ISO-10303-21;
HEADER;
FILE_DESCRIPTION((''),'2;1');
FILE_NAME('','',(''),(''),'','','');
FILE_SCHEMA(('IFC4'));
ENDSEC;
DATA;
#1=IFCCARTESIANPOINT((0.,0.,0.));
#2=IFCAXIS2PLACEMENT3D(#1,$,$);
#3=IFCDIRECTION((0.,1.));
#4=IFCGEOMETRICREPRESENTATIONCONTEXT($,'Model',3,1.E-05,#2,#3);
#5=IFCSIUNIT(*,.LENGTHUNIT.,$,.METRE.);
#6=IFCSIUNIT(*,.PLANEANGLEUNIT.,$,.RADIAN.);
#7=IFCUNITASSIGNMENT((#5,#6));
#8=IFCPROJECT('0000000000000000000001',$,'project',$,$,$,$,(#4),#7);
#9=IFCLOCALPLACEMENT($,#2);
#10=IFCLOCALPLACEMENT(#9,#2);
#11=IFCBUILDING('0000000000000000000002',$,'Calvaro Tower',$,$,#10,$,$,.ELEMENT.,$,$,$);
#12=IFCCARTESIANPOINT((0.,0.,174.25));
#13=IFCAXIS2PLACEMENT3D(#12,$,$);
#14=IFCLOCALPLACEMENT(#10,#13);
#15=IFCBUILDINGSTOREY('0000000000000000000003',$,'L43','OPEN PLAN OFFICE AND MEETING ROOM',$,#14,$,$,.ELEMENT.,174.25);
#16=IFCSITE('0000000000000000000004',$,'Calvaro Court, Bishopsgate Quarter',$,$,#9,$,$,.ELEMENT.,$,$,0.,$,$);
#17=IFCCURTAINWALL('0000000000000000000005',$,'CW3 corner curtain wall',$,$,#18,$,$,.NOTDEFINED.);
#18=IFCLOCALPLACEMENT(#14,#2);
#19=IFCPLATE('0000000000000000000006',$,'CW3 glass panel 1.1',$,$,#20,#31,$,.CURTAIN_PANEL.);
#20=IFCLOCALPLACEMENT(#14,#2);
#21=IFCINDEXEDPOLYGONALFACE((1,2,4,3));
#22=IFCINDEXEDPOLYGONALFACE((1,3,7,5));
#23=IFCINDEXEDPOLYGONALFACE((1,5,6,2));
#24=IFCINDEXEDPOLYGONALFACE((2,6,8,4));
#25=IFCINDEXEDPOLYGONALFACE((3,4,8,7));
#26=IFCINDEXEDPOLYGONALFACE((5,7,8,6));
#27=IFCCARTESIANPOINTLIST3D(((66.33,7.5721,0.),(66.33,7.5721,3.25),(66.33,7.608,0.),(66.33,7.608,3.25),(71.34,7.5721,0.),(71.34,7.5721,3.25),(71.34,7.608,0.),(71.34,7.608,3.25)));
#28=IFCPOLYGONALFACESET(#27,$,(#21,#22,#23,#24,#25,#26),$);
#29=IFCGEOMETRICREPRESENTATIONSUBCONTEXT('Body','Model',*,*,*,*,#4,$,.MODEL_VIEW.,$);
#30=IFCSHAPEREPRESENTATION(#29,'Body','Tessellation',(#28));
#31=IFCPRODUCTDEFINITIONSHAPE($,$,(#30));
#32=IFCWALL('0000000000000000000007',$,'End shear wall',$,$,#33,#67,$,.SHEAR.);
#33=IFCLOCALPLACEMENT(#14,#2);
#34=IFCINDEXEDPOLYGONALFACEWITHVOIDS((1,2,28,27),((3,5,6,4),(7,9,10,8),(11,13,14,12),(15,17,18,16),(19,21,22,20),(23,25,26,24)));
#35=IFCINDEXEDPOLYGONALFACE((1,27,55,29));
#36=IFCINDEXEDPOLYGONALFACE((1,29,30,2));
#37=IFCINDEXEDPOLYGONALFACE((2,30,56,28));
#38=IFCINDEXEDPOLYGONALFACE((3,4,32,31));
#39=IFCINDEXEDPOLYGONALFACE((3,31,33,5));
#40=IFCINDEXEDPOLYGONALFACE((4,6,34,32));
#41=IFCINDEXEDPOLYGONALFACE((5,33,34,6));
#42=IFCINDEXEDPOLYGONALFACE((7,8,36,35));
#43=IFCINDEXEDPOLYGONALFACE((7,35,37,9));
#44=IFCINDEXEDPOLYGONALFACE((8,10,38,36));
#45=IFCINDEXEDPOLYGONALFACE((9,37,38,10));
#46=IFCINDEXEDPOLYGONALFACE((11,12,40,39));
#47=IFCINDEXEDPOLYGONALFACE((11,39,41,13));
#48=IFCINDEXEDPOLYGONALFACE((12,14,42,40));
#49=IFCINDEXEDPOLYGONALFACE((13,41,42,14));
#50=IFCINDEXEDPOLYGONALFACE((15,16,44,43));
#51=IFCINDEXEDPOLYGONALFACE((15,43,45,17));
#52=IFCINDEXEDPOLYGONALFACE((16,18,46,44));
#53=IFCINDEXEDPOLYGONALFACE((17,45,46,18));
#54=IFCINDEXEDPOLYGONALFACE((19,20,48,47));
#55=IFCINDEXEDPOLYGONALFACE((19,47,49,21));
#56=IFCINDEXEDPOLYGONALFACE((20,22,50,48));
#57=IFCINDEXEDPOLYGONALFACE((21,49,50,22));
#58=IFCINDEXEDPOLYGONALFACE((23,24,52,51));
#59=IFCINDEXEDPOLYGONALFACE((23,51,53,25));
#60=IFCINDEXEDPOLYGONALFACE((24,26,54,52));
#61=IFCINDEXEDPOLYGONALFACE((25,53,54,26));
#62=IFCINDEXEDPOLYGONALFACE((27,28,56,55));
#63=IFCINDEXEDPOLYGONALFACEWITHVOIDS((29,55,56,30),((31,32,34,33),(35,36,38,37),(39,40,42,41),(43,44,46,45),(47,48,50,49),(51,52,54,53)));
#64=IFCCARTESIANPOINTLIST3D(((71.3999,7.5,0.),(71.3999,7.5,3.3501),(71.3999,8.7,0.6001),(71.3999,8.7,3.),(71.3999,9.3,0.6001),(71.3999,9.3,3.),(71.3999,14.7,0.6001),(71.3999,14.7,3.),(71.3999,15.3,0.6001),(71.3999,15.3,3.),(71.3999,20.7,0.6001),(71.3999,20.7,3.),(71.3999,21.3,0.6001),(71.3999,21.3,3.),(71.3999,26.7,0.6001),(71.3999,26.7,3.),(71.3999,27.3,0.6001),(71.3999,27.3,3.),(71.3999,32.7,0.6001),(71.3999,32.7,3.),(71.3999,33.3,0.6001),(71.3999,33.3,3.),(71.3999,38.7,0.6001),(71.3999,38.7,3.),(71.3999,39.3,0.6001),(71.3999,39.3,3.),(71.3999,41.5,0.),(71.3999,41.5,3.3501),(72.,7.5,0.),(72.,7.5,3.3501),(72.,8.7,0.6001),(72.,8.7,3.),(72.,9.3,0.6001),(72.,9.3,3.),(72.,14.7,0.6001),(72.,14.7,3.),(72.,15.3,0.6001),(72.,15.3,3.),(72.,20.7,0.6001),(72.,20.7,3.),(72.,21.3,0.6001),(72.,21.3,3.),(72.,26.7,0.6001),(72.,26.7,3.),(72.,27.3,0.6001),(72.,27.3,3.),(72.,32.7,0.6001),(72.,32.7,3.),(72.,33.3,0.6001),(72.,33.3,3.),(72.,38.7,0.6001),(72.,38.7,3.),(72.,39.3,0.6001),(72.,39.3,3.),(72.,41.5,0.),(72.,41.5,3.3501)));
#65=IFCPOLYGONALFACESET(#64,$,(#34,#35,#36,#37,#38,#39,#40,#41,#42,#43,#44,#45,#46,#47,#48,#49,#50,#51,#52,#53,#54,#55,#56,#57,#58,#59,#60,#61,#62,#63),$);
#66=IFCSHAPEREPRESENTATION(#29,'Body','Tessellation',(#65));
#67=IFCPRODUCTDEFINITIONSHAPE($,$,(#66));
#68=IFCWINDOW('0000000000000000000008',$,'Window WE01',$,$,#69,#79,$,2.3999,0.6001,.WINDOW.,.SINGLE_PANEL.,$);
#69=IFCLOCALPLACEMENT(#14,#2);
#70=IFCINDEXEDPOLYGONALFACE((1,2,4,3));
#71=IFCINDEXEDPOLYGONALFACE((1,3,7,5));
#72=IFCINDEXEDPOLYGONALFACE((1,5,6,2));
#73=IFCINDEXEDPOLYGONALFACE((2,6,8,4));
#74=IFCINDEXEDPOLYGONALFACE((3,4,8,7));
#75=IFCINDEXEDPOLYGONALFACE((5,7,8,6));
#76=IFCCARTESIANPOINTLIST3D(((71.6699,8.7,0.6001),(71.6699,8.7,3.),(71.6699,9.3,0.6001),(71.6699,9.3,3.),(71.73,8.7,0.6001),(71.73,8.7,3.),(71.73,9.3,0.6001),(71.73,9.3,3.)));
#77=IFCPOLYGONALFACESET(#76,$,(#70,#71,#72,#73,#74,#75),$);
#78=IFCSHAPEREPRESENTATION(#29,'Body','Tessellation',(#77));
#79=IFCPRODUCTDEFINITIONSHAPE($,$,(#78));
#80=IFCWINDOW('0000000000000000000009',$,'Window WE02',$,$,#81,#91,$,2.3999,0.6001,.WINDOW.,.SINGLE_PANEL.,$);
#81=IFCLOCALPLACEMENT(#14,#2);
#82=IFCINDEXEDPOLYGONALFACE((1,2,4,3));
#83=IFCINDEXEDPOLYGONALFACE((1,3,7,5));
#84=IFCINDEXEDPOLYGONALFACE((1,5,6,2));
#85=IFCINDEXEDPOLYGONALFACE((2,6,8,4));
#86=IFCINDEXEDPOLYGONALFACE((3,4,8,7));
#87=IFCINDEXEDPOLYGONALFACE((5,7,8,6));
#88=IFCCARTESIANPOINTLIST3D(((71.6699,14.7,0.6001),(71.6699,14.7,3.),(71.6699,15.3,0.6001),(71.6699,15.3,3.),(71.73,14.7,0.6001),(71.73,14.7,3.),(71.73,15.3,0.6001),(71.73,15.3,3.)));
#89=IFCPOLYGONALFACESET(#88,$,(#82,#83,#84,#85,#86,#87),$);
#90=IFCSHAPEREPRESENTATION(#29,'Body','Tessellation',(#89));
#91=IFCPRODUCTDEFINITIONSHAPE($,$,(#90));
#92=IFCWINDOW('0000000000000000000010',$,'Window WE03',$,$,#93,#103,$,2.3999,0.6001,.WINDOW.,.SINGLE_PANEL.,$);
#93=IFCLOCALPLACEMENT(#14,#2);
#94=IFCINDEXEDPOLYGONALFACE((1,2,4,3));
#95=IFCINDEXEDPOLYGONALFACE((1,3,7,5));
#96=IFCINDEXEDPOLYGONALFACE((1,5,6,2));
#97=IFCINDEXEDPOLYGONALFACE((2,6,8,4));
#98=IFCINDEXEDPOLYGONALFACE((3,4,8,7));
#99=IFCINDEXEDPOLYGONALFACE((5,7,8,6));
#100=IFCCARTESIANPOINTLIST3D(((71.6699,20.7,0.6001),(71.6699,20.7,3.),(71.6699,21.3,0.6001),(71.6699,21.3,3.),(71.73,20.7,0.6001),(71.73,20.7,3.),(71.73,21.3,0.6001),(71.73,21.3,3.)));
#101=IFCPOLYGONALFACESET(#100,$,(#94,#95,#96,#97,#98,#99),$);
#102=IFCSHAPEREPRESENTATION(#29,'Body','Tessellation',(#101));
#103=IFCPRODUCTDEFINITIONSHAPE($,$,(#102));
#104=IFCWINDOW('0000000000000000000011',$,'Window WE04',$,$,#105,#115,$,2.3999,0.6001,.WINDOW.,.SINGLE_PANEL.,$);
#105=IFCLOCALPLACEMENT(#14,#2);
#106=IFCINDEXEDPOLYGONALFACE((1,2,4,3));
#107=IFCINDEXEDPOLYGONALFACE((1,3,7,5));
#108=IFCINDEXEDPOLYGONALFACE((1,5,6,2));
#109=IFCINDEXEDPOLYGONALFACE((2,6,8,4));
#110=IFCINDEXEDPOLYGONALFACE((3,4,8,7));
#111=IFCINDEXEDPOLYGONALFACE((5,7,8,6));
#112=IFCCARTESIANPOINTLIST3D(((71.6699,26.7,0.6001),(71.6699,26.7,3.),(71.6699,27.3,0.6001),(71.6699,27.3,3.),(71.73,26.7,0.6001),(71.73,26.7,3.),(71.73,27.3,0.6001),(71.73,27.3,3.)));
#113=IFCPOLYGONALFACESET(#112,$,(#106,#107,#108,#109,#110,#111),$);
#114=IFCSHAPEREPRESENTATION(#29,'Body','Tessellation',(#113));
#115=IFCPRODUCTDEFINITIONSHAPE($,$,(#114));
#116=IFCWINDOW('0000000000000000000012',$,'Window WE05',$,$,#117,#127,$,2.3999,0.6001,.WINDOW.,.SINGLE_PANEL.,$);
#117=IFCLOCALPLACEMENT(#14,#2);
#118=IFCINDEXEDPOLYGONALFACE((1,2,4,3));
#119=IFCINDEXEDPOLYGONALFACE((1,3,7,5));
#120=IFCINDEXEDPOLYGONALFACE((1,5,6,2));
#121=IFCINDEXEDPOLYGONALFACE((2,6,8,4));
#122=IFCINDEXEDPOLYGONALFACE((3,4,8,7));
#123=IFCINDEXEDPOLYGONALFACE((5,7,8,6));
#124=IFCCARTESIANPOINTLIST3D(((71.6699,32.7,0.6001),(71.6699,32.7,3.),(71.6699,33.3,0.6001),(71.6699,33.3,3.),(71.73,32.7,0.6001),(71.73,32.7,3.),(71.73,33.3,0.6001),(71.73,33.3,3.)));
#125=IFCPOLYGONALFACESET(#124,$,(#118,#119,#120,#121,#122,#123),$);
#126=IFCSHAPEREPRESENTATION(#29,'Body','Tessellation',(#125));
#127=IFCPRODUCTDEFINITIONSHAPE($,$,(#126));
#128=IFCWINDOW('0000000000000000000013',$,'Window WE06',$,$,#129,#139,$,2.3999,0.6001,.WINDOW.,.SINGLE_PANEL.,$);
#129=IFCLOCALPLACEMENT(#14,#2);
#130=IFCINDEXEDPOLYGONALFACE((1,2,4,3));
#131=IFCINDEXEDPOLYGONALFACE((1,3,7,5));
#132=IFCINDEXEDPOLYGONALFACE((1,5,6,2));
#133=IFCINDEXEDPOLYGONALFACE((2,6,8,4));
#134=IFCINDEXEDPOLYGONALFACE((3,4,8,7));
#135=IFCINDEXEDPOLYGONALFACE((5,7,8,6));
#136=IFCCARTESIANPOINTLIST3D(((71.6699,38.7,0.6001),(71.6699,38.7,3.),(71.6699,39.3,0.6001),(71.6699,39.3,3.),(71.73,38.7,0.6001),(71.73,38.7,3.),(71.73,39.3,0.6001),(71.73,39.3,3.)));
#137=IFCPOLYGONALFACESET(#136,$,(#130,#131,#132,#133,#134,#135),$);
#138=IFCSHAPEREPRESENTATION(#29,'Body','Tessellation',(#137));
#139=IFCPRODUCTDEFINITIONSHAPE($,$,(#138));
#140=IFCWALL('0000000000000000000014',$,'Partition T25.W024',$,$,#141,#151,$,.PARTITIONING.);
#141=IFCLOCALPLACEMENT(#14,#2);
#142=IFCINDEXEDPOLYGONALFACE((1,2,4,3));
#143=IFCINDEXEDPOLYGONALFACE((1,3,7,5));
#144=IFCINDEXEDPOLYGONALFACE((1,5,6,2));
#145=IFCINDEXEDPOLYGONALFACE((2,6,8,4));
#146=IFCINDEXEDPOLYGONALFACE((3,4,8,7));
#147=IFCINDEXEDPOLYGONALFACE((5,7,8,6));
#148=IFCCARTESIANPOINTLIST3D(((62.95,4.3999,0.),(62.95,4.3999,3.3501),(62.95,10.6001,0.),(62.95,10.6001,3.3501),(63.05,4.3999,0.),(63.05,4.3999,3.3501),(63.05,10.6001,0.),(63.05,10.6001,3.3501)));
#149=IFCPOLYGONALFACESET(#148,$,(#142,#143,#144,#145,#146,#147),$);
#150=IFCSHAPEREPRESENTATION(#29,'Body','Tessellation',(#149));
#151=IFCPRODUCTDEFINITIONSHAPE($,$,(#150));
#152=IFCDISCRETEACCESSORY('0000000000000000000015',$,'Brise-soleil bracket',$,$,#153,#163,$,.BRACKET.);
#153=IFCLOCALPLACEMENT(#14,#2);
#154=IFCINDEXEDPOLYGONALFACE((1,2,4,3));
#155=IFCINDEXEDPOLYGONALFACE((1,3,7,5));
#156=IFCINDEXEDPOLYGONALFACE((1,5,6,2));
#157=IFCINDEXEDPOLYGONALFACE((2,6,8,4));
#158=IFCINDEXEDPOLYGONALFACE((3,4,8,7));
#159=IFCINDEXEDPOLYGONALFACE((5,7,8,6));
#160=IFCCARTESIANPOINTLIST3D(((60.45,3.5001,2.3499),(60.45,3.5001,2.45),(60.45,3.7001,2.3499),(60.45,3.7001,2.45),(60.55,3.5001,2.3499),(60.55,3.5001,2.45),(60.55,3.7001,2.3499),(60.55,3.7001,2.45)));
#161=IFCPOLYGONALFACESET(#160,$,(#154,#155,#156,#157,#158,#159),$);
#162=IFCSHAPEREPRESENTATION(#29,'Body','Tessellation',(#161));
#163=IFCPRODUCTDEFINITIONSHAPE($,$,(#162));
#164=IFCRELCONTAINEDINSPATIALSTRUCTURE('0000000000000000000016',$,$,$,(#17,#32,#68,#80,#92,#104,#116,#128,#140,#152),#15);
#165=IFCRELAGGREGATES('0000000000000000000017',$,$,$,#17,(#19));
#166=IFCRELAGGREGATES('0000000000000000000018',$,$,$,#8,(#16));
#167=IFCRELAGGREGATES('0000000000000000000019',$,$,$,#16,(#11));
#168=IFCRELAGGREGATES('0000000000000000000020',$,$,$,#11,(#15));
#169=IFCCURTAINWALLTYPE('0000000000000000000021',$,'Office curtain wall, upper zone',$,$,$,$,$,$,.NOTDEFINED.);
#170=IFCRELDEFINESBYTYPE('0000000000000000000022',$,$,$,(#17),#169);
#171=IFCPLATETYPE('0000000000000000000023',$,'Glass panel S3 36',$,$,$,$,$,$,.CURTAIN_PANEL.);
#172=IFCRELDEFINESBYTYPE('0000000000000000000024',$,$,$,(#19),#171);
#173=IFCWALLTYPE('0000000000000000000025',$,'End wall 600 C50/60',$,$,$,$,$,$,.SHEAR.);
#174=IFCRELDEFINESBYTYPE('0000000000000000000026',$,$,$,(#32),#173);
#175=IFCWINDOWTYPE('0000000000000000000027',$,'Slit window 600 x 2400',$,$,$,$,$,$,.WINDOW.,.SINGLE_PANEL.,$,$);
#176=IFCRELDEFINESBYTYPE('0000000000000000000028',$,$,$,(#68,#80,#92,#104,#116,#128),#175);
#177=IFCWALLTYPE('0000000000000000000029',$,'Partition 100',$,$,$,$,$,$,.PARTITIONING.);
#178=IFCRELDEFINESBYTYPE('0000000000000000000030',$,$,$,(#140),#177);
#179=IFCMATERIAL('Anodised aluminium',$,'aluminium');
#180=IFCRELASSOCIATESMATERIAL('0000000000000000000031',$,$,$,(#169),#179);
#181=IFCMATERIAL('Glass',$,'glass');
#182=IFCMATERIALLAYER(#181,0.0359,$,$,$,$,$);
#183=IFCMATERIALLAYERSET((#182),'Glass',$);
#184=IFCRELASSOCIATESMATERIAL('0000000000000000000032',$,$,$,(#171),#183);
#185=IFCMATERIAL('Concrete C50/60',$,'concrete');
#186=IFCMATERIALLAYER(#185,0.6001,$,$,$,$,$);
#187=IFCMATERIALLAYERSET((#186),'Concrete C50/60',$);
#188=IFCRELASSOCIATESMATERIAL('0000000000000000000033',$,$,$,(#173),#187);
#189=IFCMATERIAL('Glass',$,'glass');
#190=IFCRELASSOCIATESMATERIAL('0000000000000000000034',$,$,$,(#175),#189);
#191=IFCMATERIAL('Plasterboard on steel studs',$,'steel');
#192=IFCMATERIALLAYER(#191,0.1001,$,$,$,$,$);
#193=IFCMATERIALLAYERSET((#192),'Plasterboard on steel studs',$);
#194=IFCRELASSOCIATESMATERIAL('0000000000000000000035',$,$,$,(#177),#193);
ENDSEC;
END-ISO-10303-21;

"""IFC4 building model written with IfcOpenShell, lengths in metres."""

from ifc_helpers import new_model, si_unit, direction, frame, frame_2d, origin, origin_2d, place, context, subcontext, project, spatial, rectangle, extrude, material, layer, layer_set, type_object, element, fill, aggregate, save


model = new_model("IFC4")

# Units and contexts
model_context = context("Model", 3, precision=1e-05, world=origin(), true_north=direction((0.0, 1.0)))
body_context = subcontext(model_context, "Body", "Model", "MODEL_VIEW")
ifc_project = project(units=[si_unit("LENGTHUNIT", "METRE"), si_unit("PLANEANGLEUNIT", "RADIAN")], contexts=[model_context])

# Site, building, storey
site_placement = place(None, origin())
site = spatial("IfcSite", under=ifc_project, at=site_placement, Name="Calvaro Court, Bishopsgate Quarter", CompositionType="ELEMENT", RefElevation=0.0)
building_placement = place(site_placement, origin())
building = spatial("IfcBuilding", under=site, at=building_placement, Name="Calvaro Tower", CompositionType="ELEMENT")
storey_placement = place(building_placement, frame((0.0, 0.0, 174.25)))
storey = spatial("IfcBuildingStorey", under=building, at=storey_placement, Name="L43", Description="OPEN PLAN OFFICE AND MEETING ROOM", CompositionType="ELEMENT", Elevation=174.25)

# Curtain wall
ifc_material_1 = material(Name="Anodised aluminium", Category="aluminium")
curtain_wall_type = type_object("IfcCurtainWallType", Name="Office curtain wall, upper zone", PredefinedType="NOTDEFINED", material=ifc_material_1)
curtain_wall_1_placement = place(storey_placement, origin())
curtain_wall_1 = element("IfcCurtainWall", 1, at=curtain_wall_1_placement, inside=storey, type_object=curtain_wall_type, Name="CW3 corner curtain wall", PredefinedType="NOTDEFINED")

# Plate
ifc_material_2 = material(Name="Glass", Category="glass")
ifc_layer_1 = layer(ifc_material_2, 0.0359)
ifc_layer_set_1 = layer_set([ifc_layer_1], Name="Glass")
plate_type = type_object("IfcPlateType", Name="Glass panel S3 36", PredefinedType="CURTAIN_PANEL", material=ifc_layer_set_1)
plate_1_placement = place(storey_placement, frame((68.835, 7.5901, 0.0), z_axis=(0.0, 0.0, 1.0), x_axis=(1.0, 0.0, 0.0)))
plate_1 = element("IfcPlate", 2, at=plate_1_placement, type_object=plate_type, Name="CW3 glass panel 1.1", PredefinedType="CURTAIN_PANEL", context=body_context, shape_type="SweptSolid", body=[
    extrude(rectangle(XDim=5.01, YDim=0.0359, at=origin_2d()), origin(), (0.0, 0.0, 1.0), 3.25),
])
aggregate(curtain_wall_1, [plate_1])

# Wall, openings, windows
ifc_material_3 = material(Name="Concrete C50/60", Category="concrete")
ifc_layer_2 = layer(ifc_material_3, 0.6001)
ifc_layer_set_2 = layer_set([ifc_layer_2], Name="Concrete C50/60")
wall_type_1 = type_object("IfcWallType", Name="End wall 600 C50/60", PredefinedType="SHEAR", material=ifc_layer_set_2)
wall_1_placement = place(storey_placement, frame((71.7, 7.5, 0.0), z_axis=(0.0, 0.0, 1.0), x_axis=(0.0, 1.0, 0.0)))
wall_1 = element("IfcWall", 3, at=wall_1_placement, inside=storey, type_object=wall_type_1, Name="End shear wall", PredefinedType="SHEAR", context=body_context, shape_type="SweptSolid", body=[
    extrude(rectangle(XDim=34.0, YDim=0.6001, at=frame_2d((17.0, 0.0))), origin(), (0.0, 0.0, 1.0), 3.3501),
])
opening_1_placement = place(wall_1_placement, frame((1.2, 0.0, 0.6001)))
opening_1 = element("IfcOpeningElement", 4, at=opening_1_placement, cuts=wall_1, PredefinedType="OPENING", context=body_context, shape_type="SweptSolid", body=[
    extrude(rectangle(XDim=0.6001, YDim=2.3999, at=frame_2d((0.3, 1.2))), frame((0.0, 0.3101, 0.0), z_axis=(0.0, -1.0, 0.0), x_axis=(1.0, 0.0, 0.0)), (0.0, 0.0, 1.0), 0.6201),
])
opening_2_placement = place(wall_1_placement, frame((7.2, 0.0, 0.6001)))
opening_2 = element("IfcOpeningElement", 5, at=opening_2_placement, cuts=wall_1, PredefinedType="OPENING", context=body_context, shape_type="SweptSolid", body=[
    extrude(rectangle(XDim=0.6001, YDim=2.3999, at=frame_2d((0.3, 1.2))), frame((0.0, 0.3101, 0.0), z_axis=(0.0, -1.0, 0.0), x_axis=(1.0, 0.0, 0.0)), (0.0, 0.0, 1.0), 0.6201),
])
opening_3_placement = place(wall_1_placement, frame((13.2, 0.0, 0.6001)))
opening_3 = element("IfcOpeningElement", 6, at=opening_3_placement, cuts=wall_1, PredefinedType="OPENING", context=body_context, shape_type="SweptSolid", body=[
    extrude(rectangle(XDim=0.6001, YDim=2.3999, at=frame_2d((0.3, 1.2))), frame((0.0, 0.3101, 0.0), z_axis=(0.0, -1.0, 0.0), x_axis=(1.0, 0.0, 0.0)), (0.0, 0.0, 1.0), 0.6201),
])
opening_4_placement = place(wall_1_placement, frame((19.2, 0.0, 0.6001)))
opening_4 = element("IfcOpeningElement", 7, at=opening_4_placement, cuts=wall_1, PredefinedType="OPENING", context=body_context, shape_type="SweptSolid", body=[
    extrude(rectangle(XDim=0.6001, YDim=2.3999, at=frame_2d((0.3, 1.2))), frame((0.0, 0.3101, 0.0), z_axis=(0.0, -1.0, 0.0), x_axis=(1.0, 0.0, 0.0)), (0.0, 0.0, 1.0), 0.6201),
])
opening_5_placement = place(wall_1_placement, frame((25.2, 0.0, 0.6001)))
opening_5 = element("IfcOpeningElement", 8, at=opening_5_placement, cuts=wall_1, PredefinedType="OPENING", context=body_context, shape_type="SweptSolid", body=[
    extrude(rectangle(XDim=0.6001, YDim=2.3999, at=frame_2d((0.3, 1.2))), frame((0.0, 0.3101, 0.0), z_axis=(0.0, -1.0, 0.0), x_axis=(1.0, 0.0, 0.0)), (0.0, 0.0, 1.0), 0.6201),
])
opening_6_placement = place(wall_1_placement, frame((31.2, 0.0, 0.6001)))
opening_6 = element("IfcOpeningElement", 9, at=opening_6_placement, cuts=wall_1, PredefinedType="OPENING", context=body_context, shape_type="SweptSolid", body=[
    extrude(rectangle(XDim=0.6001, YDim=2.3999, at=frame_2d((0.3, 1.2))), frame((0.0, 0.3101, 0.0), z_axis=(0.0, -1.0, 0.0), x_axis=(1.0, 0.0, 0.0)), (0.0, 0.0, 1.0), 0.6201),
])
ifc_material_4 = material(Name="Glass", Category="glass")
window_type = type_object("IfcWindowType", Name="Slit window 600 x 2400", PartitioningType="SINGLE_PANEL", PredefinedType="WINDOW", material=ifc_material_4)
window_1_placement = place(opening_1_placement, origin())
window_1 = element("IfcWindow", 10, at=window_1_placement, inside=storey, type_object=window_type, Name="Window WE01", OverallHeight=2.3999, OverallWidth=0.6001, PartitioningType="SINGLE_PANEL", PredefinedType="WINDOW", context=body_context, shape_type="SweptSolid", body=[
    extrude(rectangle(XDim=0.6001, YDim=2.3999, at=frame_2d((0.3, 1.2))), frame((0.0, 0.03, 0.0), z_axis=(0.0, -1.0, 0.0), x_axis=(1.0, 0.0, 0.0)), (0.0, 0.0, 1.0), 0.0601),
])
fill(opening_1, window_1)
window_2_placement = place(opening_2_placement, origin())
window_2 = element("IfcWindow", 11, at=window_2_placement, inside=storey, type_object=window_type, Name="Window WE02", OverallHeight=2.3999, OverallWidth=0.6001, PartitioningType="SINGLE_PANEL", PredefinedType="WINDOW", context=body_context, shape_type="SweptSolid", body=[
    extrude(rectangle(XDim=0.6001, YDim=2.3999, at=frame_2d((0.3, 1.2))), frame((0.0, 0.03, 0.0), z_axis=(0.0, -1.0, 0.0), x_axis=(1.0, 0.0, 0.0)), (0.0, 0.0, 1.0), 0.0601),
])
fill(opening_2, window_2)
window_3_placement = place(opening_3_placement, origin())
window_3 = element("IfcWindow", 12, at=window_3_placement, inside=storey, type_object=window_type, Name="Window WE03", OverallHeight=2.3999, OverallWidth=0.6001, PartitioningType="SINGLE_PANEL", PredefinedType="WINDOW", context=body_context, shape_type="SweptSolid", body=[
    extrude(rectangle(XDim=0.6001, YDim=2.3999, at=frame_2d((0.3, 1.2))), frame((0.0, 0.03, 0.0), z_axis=(0.0, -1.0, 0.0), x_axis=(1.0, 0.0, 0.0)), (0.0, 0.0, 1.0), 0.0601),
])
fill(opening_3, window_3)
window_4_placement = place(opening_4_placement, origin())
window_4 = element("IfcWindow", 13, at=window_4_placement, inside=storey, type_object=window_type, Name="Window WE04", OverallHeight=2.3999, OverallWidth=0.6001, PartitioningType="SINGLE_PANEL", PredefinedType="WINDOW", context=body_context, shape_type="SweptSolid", body=[
    extrude(rectangle(XDim=0.6001, YDim=2.3999, at=frame_2d((0.3, 1.2))), frame((0.0, 0.03, 0.0), z_axis=(0.0, -1.0, 0.0), x_axis=(1.0, 0.0, 0.0)), (0.0, 0.0, 1.0), 0.0601),
])
fill(opening_4, window_4)
window_5_placement = place(opening_5_placement, origin())
window_5 = element("IfcWindow", 14, at=window_5_placement, inside=storey, type_object=window_type, Name="Window WE05", OverallHeight=2.3999, OverallWidth=0.6001, PartitioningType="SINGLE_PANEL", PredefinedType="WINDOW", context=body_context, shape_type="SweptSolid", body=[
    extrude(rectangle(XDim=0.6001, YDim=2.3999, at=frame_2d((0.3, 1.2))), frame((0.0, 0.03, 0.0), z_axis=(0.0, -1.0, 0.0), x_axis=(1.0, 0.0, 0.0)), (0.0, 0.0, 1.0), 0.0601),
])
fill(opening_5, window_5)
window_6_placement = place(opening_6_placement, origin())
window_6 = element("IfcWindow", 15, at=window_6_placement, inside=storey, type_object=window_type, Name="Window WE06", OverallHeight=2.3999, OverallWidth=0.6001, PartitioningType="SINGLE_PANEL", PredefinedType="WINDOW", context=body_context, shape_type="SweptSolid", body=[
    extrude(rectangle(XDim=0.6001, YDim=2.3999, at=frame_2d((0.3, 1.2))), frame((0.0, 0.03, 0.0), z_axis=(0.0, -1.0, 0.0), x_axis=(1.0, 0.0, 0.0)), (0.0, 0.0, 1.0), 0.0601),
])
fill(opening_6, window_6)

# Wall
ifc_material_5 = material(Name="Plasterboard on steel studs", Category="steel")
ifc_layer_3 = layer(ifc_material_5, 0.1001)
ifc_layer_set_3 = layer_set([ifc_layer_3], Name="Plasterboard on steel studs")
wall_type_2 = type_object("IfcWallType", Name="Partition 100", PredefinedType="PARTITIONING", material=ifc_layer_set_3)
wall_2_placement = place(storey_placement, frame((63.0, 4.3999, 0.0), z_axis=(0.0, 0.0, 1.0), x_axis=(0.0, 1.0, 0.0)))
element("IfcWall", 16, at=wall_2_placement, inside=storey, type_object=wall_type_2, Name="Partition T25.W024", PredefinedType="PARTITIONING", context=body_context, shape_type="SweptSolid", body=[
    extrude(rectangle(XDim=6.2002, YDim=0.1001, at=frame_2d((3.1001, 0.0))), origin(), (0.0, 0.0, 1.0), 3.3501),
])

# Discrete accessory
for number, where, z_axis, x_axis, name in (
    (17, (60.5, 3.6001, 2.3499), (0.0, 0.0, 1.0), (1.0, 0.0, 0.0), "Brise-soleil bracket"),
):
    element("IfcDiscreteAccessory", number, at=place(storey_placement, frame(where, z_axis=z_axis, x_axis=x_axis)), inside=storey, Name=name, PredefinedType="BRACKET", context=body_context, shape_type="SweptSolid", body=[
        extrude(rectangle(XDim=0.1001, YDim=0.2, at=origin_2d()), origin(), (0.0, 0.0, 1.0), 0.1001),
    ])

save(model, "model.ifc")
